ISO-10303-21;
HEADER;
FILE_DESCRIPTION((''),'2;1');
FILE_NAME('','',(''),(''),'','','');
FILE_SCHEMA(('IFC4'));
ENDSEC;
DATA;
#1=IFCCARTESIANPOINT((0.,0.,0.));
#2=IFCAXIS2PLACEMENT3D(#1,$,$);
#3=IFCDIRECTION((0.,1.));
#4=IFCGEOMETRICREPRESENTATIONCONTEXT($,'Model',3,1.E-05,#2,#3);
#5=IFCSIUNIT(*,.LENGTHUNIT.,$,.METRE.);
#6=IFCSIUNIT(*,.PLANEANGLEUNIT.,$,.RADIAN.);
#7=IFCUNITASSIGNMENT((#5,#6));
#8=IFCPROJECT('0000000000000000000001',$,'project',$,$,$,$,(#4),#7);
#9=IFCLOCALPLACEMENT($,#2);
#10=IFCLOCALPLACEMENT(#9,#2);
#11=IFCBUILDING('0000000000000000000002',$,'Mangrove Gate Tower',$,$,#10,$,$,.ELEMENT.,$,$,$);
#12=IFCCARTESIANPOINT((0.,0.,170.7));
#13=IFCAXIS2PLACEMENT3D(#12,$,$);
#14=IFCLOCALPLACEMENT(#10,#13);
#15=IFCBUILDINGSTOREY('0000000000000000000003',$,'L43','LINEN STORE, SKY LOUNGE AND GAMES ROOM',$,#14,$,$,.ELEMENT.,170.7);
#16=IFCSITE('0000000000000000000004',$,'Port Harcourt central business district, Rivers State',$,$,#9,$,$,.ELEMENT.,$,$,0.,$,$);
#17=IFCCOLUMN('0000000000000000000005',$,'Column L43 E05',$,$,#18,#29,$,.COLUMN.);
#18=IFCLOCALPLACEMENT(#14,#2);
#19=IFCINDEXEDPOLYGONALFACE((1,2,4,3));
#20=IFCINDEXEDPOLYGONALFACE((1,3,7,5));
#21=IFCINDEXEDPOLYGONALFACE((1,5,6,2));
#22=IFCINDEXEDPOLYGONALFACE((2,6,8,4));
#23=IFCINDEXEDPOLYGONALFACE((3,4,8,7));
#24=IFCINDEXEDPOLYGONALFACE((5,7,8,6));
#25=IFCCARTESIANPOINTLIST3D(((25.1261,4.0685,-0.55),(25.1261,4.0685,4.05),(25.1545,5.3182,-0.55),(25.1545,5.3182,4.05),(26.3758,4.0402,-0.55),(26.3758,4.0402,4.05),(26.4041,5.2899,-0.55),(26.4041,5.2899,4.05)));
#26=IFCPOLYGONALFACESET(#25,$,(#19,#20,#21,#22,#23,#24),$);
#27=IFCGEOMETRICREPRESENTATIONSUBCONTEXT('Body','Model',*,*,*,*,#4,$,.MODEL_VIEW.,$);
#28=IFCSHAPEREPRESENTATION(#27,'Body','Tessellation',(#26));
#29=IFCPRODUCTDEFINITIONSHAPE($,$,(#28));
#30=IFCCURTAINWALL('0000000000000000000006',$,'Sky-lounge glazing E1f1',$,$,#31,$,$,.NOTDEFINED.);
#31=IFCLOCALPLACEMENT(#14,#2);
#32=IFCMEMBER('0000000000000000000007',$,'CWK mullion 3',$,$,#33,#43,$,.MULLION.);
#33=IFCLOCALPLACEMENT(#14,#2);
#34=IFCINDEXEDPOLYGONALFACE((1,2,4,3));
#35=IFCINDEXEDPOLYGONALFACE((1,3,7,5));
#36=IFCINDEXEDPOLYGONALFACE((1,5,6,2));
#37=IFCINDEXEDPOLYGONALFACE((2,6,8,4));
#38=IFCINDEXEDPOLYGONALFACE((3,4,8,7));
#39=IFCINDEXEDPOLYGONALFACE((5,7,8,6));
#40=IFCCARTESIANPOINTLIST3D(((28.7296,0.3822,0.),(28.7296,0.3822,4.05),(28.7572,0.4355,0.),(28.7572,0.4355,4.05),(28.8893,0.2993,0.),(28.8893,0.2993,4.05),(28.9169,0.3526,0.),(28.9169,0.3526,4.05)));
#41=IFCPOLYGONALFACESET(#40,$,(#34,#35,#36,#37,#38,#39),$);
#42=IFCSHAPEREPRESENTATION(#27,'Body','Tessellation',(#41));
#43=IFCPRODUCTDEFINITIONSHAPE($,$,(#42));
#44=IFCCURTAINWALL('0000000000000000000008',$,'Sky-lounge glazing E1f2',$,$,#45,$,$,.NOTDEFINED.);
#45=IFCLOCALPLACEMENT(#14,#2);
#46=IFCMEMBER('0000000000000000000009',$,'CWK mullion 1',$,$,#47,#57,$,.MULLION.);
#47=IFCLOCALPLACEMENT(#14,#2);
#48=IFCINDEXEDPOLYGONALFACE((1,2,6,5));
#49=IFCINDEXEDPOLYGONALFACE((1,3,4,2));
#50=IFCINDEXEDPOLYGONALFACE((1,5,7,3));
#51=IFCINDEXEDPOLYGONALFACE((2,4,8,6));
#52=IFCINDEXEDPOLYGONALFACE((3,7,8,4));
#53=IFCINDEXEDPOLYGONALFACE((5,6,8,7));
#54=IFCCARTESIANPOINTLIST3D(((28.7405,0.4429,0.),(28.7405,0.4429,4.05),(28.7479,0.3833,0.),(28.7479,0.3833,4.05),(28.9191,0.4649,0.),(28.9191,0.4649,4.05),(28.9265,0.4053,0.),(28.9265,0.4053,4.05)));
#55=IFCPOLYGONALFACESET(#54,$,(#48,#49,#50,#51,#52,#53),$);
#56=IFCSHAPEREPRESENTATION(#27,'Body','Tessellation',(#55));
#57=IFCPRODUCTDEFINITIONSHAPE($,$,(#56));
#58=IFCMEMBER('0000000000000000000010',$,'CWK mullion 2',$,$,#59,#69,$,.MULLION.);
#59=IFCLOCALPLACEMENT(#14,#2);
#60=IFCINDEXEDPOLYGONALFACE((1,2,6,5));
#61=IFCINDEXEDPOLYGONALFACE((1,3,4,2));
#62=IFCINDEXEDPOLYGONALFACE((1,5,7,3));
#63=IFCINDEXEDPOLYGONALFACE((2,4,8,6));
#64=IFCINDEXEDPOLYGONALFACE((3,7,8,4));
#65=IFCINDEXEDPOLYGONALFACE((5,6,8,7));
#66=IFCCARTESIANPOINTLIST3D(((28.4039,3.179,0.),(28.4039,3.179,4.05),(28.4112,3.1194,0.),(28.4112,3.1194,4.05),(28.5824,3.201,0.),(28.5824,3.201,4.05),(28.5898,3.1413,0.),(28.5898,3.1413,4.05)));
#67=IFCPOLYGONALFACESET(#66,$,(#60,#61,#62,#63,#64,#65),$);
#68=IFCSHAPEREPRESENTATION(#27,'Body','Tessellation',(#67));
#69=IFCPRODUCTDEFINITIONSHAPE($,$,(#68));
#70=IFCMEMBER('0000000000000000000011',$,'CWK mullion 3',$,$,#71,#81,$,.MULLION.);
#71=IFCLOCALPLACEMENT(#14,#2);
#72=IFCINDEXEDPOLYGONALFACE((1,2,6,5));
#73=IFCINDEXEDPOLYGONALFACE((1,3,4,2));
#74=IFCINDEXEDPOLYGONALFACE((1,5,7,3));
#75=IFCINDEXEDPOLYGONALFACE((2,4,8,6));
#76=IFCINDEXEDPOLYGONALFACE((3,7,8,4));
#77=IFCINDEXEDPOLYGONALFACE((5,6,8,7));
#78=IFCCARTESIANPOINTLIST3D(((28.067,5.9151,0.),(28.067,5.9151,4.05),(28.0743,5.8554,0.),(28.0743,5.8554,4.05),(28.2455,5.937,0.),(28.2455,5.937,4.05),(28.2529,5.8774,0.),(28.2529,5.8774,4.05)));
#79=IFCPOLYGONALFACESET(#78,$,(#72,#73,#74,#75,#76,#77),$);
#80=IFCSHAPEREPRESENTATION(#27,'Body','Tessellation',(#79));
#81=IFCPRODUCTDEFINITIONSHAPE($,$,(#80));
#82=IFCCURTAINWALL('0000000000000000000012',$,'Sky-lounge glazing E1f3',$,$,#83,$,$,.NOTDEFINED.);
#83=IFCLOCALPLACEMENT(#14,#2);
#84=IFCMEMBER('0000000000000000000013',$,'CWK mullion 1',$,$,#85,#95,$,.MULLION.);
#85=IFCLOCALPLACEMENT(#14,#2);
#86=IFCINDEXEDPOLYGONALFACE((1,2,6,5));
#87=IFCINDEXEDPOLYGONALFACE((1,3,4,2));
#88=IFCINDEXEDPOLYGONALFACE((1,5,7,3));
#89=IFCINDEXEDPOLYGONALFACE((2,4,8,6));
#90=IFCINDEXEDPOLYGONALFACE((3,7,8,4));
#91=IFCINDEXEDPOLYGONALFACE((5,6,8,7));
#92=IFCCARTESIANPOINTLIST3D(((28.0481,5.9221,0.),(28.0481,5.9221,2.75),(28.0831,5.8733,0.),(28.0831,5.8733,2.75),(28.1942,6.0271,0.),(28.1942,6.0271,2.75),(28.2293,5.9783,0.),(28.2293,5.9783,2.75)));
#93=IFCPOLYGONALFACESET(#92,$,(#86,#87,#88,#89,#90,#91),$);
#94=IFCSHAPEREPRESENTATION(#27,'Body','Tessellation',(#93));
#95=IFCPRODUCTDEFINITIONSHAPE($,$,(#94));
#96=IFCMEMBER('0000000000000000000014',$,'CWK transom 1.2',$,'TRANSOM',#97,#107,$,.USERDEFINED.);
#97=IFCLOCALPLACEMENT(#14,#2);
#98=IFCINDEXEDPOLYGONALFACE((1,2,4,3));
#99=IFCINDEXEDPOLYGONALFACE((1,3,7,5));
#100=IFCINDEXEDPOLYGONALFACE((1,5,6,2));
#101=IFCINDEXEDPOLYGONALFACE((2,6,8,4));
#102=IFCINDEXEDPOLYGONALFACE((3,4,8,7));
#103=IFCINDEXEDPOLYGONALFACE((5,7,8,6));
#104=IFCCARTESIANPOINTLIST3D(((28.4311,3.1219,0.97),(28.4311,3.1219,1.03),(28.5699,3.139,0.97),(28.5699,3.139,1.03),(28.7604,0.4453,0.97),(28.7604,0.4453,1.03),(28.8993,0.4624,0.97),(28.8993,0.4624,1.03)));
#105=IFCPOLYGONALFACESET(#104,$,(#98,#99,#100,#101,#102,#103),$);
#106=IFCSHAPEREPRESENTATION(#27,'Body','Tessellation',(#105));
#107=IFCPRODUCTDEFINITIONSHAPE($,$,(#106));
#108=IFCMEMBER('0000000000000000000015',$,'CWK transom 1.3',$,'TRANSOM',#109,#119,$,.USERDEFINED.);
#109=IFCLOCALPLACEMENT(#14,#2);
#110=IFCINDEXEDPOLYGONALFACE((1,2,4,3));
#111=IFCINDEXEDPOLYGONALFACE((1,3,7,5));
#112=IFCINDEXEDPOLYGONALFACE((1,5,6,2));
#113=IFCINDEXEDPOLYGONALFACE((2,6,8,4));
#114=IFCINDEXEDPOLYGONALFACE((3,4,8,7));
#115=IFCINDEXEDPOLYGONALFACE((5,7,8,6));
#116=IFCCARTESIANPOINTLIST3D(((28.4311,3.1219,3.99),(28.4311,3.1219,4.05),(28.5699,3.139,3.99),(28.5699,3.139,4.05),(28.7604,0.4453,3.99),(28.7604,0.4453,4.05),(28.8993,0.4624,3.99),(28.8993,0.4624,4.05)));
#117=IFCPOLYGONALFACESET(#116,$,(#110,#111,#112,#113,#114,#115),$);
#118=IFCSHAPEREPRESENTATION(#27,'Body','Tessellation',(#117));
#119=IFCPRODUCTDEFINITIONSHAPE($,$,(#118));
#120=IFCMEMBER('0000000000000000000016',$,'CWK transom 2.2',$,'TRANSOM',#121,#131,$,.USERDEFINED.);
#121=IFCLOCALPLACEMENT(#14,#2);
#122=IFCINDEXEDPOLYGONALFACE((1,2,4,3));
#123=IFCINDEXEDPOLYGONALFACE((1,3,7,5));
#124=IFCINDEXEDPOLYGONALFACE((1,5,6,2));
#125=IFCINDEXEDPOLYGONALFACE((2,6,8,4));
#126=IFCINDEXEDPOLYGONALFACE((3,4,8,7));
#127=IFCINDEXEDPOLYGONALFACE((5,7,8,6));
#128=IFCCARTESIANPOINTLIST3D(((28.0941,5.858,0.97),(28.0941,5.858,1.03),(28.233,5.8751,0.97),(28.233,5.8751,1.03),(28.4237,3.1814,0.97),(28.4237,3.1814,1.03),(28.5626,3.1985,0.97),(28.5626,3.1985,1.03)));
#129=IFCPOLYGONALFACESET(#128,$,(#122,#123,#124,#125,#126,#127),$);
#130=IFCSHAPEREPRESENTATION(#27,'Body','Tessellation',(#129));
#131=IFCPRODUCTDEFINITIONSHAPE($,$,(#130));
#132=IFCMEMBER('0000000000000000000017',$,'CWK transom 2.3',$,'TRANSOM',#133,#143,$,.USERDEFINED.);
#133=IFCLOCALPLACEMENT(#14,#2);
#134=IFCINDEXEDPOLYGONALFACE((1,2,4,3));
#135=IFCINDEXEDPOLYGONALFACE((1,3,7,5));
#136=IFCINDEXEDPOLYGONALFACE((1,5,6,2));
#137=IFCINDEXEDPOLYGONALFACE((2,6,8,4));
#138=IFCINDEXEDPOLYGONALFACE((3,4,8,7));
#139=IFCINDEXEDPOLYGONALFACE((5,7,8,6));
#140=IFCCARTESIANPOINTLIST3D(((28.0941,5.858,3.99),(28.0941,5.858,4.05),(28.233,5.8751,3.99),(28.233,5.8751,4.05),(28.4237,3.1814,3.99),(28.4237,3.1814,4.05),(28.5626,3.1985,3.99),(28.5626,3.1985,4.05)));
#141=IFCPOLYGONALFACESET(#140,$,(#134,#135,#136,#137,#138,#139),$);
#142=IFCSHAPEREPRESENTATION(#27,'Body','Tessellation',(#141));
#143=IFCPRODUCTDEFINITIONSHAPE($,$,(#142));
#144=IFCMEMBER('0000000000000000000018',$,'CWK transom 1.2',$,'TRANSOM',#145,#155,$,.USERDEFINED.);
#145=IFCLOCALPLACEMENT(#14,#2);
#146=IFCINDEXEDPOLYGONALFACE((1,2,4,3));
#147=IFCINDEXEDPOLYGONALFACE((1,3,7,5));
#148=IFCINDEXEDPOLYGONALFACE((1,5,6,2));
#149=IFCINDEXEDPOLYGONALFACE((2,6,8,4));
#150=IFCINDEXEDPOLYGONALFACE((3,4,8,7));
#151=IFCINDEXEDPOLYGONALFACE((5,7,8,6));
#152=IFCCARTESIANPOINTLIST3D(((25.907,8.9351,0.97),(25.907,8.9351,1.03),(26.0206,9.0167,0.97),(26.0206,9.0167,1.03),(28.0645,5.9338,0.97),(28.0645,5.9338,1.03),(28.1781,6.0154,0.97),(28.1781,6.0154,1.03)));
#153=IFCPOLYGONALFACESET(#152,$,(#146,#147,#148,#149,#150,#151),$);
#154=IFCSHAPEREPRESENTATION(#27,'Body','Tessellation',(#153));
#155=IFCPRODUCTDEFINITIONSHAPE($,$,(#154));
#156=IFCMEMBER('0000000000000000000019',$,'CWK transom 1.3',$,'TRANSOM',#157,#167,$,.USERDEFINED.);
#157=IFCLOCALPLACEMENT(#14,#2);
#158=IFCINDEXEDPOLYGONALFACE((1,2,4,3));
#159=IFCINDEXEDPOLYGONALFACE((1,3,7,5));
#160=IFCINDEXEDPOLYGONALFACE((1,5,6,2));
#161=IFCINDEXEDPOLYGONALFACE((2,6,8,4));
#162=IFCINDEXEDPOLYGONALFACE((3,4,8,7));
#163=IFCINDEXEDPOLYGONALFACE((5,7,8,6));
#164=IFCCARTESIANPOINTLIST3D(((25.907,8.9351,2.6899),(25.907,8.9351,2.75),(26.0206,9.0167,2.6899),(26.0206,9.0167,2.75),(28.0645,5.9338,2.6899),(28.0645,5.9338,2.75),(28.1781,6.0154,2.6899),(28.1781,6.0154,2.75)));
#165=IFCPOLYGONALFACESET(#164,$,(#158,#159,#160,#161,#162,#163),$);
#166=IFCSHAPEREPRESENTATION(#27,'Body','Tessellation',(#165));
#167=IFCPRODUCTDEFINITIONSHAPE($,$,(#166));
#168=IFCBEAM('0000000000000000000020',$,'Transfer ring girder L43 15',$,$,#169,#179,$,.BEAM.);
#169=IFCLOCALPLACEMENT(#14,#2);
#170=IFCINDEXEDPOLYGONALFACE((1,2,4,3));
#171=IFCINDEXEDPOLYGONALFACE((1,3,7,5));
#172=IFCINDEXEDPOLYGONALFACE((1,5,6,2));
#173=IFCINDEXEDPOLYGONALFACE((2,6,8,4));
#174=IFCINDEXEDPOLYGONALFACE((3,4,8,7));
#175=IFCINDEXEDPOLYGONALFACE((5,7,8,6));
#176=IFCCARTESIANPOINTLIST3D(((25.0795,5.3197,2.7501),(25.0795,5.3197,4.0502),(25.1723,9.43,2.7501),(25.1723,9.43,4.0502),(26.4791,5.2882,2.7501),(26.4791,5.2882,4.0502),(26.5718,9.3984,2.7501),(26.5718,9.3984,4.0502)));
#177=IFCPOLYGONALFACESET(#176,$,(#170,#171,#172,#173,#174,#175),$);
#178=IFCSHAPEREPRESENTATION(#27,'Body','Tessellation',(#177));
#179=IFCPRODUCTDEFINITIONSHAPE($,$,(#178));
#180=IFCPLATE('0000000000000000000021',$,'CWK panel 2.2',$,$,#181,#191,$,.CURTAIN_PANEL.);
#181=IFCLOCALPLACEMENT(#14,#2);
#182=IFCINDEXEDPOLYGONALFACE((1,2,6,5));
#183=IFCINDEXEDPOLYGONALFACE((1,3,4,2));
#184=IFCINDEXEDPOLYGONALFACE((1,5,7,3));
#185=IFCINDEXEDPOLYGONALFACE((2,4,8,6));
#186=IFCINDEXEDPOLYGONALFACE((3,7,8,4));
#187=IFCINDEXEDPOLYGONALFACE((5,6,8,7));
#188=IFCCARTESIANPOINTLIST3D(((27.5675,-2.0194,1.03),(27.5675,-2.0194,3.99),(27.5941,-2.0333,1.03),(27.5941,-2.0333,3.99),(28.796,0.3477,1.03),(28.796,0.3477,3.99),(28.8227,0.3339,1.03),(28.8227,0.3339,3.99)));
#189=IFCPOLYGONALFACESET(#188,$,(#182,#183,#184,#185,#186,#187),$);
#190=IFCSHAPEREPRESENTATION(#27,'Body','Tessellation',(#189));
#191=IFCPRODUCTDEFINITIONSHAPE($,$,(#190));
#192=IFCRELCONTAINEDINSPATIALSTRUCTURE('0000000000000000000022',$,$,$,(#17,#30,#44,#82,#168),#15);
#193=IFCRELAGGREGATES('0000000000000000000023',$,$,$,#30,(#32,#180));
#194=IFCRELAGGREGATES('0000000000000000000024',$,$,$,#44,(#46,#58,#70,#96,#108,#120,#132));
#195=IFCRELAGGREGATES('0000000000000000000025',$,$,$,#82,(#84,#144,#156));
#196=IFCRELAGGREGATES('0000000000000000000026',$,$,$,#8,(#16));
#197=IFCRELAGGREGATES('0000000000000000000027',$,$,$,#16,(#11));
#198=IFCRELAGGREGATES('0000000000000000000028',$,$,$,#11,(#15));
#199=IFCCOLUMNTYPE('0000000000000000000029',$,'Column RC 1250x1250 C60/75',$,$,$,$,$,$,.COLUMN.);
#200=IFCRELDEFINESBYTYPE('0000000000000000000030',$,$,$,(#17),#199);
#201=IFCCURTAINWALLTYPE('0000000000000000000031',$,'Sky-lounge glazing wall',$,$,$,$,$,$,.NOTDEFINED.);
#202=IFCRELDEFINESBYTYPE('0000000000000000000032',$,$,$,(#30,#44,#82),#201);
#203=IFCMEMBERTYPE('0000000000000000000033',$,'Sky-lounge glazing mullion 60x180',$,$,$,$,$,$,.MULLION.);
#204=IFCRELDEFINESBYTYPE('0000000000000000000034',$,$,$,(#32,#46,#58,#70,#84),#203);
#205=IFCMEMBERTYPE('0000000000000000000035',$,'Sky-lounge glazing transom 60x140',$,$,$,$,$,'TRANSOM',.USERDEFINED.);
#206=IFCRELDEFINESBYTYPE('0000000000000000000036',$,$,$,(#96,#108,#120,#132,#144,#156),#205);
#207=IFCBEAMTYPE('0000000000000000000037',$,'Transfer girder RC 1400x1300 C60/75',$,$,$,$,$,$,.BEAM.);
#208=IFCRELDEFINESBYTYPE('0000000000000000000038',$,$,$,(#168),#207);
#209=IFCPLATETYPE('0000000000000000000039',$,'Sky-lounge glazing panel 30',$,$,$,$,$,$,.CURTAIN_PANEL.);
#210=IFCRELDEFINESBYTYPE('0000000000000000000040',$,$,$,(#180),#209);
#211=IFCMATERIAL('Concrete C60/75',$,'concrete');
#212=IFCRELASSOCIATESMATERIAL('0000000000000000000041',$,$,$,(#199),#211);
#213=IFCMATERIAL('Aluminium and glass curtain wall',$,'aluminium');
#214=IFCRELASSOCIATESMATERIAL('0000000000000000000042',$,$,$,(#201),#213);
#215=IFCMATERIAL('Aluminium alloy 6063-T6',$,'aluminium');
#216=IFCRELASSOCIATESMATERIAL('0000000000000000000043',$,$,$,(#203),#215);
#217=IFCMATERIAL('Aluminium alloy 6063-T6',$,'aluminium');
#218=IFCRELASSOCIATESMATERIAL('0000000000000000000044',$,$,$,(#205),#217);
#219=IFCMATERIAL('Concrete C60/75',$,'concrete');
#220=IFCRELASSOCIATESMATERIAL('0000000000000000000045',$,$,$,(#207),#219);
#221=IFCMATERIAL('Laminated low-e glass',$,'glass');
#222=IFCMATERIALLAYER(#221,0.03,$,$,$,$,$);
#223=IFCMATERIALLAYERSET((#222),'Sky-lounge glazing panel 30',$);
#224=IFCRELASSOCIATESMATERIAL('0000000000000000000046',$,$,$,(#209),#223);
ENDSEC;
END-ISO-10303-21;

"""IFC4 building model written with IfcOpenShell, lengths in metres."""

from ifc_helpers import new_model, si_unit, direction, frame, origin, origin_2d, place, context, subcontext, project, spatial, rectangle, extrude, material, layer, layer_set, material_profile, profile_set, type_object, element, aggregate, save


model = new_model("IFC4")

# Units and contexts
model_context = context("Model", 3, precision=1e-05, world=origin(), true_north=direction((0.0, 1.0)))
body_context = subcontext(model_context, "Body", "Model", "MODEL_VIEW")
ifc_project = project(units=[si_unit("LENGTHUNIT", "METRE"), si_unit("PLANEANGLEUNIT", "RADIAN")], contexts=[model_context])

# Site, building, storey
site_placement = place(None, origin())
site = spatial("IfcSite", under=ifc_project, at=site_placement, Name="Port Harcourt central business district, Rivers State", CompositionType="ELEMENT", RefElevation=0.0)
building_placement = place(site_placement, origin())
building = spatial("IfcBuilding", under=site, at=building_placement, Name="Mangrove Gate Tower", CompositionType="ELEMENT")
storey_placement = place(building_placement, frame((0.0, 0.0, 170.7)))
storey = spatial("IfcBuildingStorey", under=building, at=storey_placement, Name="L43", Description="LINEN STORE, SKY LOUNGE AND GAMES ROOM", CompositionType="ELEMENT", Elevation=170.7)

# Column
ifc_material_1 = material(Name="Concrete C60/75", Category="concrete")
ifc_material_profile_1 = material_profile(ifc_material_1, rectangle(XDim=1.25, YDim=1.25, at=origin_2d()))
ifc_profile_set_1 = profile_set([ifc_material_profile_1], Name="Concrete C60/75")
column_type = type_object("IfcColumnType", Name="Column RC 1250x1250 C60/75", PredefinedType="COLUMN", material=ifc_profile_set_1)
column_placement = place(storey_placement, frame((25.7651, 4.6792, -0.55), z_axis=(0.0, 0.0, 1.0), x_axis=(0.022655, 0.999743, 0.0)))
element("IfcColumn", 1, at=column_placement, inside=storey, type_object=column_type, Name="Column L43 E05", PredefinedType="COLUMN", context=body_context, shape_type="SweptSolid", body=[
    extrude(rectangle(XDim=1.25, YDim=1.25, at=origin_2d()), origin(), (0.0, 0.0, 1.0), 4.6001),
])

# Curtain wall, member
ifc_material_2 = material(Name="Aluminium and glass curtain wall", Category="aluminium")
curtain_wall_type = type_object("IfcCurtainWallType", Name="Sky-lounge glazing wall", PredefinedType="NOTDEFINED", material=ifc_material_2)
curtain_wall_1_placement = place(storey_placement, origin())
curtain_wall_1 = element("IfcCurtainWall", 2, at=curtain_wall_1_placement, inside=storey, type_object=curtain_wall_type, Name="Sky-lounge glazing E1f1", PredefinedType="NOTDEFINED")
ifc_material_3 = material(Name="Aluminium alloy 6063-T6", Category="aluminium")
ifc_material_profile_2 = material_profile(ifc_material_3, rectangle(XDim=0.0601, YDim=0.1799, at=origin_2d()))
ifc_profile_set_2 = profile_set([ifc_material_profile_2], Name="Aluminium alloy 6063-T6")
member_type_1 = type_object("IfcMemberType", Name="Sky-lounge glazing mullion 60x180", PredefinedType="MULLION", material=ifc_profile_set_2)
member_1_placement = place(storey_placement, frame((28.8232, 0.3674, 0.0), z_axis=(0.0, 0.0, 1.0), x_axis=(0.460656, 0.887579, 0.0)))
member_1 = element("IfcMember", 3, at=member_1_placement, type_object=member_type_1, Name="CWK mullion 3", PredefinedType="MULLION", context=body_context, shape_type="SweptSolid", body=[
    extrude(rectangle(XDim=0.0601, YDim=0.1799, at=origin_2d()), origin(), (0.0, 0.0, 1.0), 4.05),
])

# Curtain wall, members
curtain_wall_2_placement = place(storey_placement, origin())
curtain_wall_2 = element("IfcCurtainWall", 4, at=curtain_wall_2_placement, inside=storey, type_object=curtain_wall_type, Name="Sky-lounge glazing E1f2", PredefinedType="NOTDEFINED")
member_2_placement = place(storey_placement, frame((28.8335, 0.4241, 0.0), z_axis=(0.0, 0.0, 1.0), x_axis=(-0.122172, 0.992509, 0.0)))
member_2 = element("IfcMember", 5, at=member_2_placement, type_object=member_type_1, Name="CWK mullion 1", PredefinedType="MULLION", context=body_context, shape_type="SweptSolid", body=[
    extrude(rectangle(XDim=0.0601, YDim=0.1799, at=origin_2d()), origin(), (0.0, 0.0, 1.0), 4.05),
])
member_3_placement = place(storey_placement, frame((28.4968, 3.1602, 0.0), z_axis=(0.0, 0.0, 1.0), x_axis=(-0.122172, 0.992509, 0.0)))
member_3 = element("IfcMember", 6, at=member_3_placement, type_object=member_type_1, Name="CWK mullion 2", PredefinedType="MULLION", context=body_context, shape_type="SweptSolid", body=[
    extrude(rectangle(XDim=0.0601, YDim=0.1799, at=origin_2d()), origin(), (0.0, 0.0, 1.0), 4.05),
])
member_4_placement = place(storey_placement, frame((28.1599, 5.8962, 0.0), z_axis=(0.0, 0.0, 1.0), x_axis=(-0.122172, 0.992509, 0.0)))
member_4 = element("IfcMember", 7, at=member_4_placement, type_object=member_type_1, Name="CWK mullion 3", PredefinedType="MULLION", context=body_context, shape_type="SweptSolid", body=[
    extrude(rectangle(XDim=0.0601, YDim=0.1799, at=origin_2d()), origin(), (0.0, 0.0, 1.0), 4.05),
])

# Curtain wall, member
curtain_wall_3_placement = place(storey_placement, origin())
curtain_wall_3 = element("IfcCurtainWall", 8, at=curtain_wall_3_placement, inside=storey, type_object=curtain_wall_type, Name="Sky-lounge glazing E1f3", PredefinedType="NOTDEFINED")
member_5_placement = place(storey_placement, frame((28.1387, 5.9502, 0.0), z_axis=(0.0, 0.0, 1.0), x_axis=(-0.58367, 0.811991, 0.0)))
member_5 = element("IfcMember", 9, at=member_5_placement, type_object=member_type_1, Name="CWK mullion 1", PredefinedType="MULLION", context=body_context, shape_type="SweptSolid", body=[
    extrude(rectangle(XDim=0.0601, YDim=0.1799, at=origin_2d()), origin(), (0.0, 0.0, 1.0), 2.75),
])

# Members
ifc_material_4 = material(Name="Aluminium alloy 6063-T6", Category="aluminium")
ifc_material_profile_3 = material_profile(ifc_material_4, rectangle(XDim=0.0601, YDim=0.1399, at=origin_2d()))
ifc_profile_set_3 = profile_set([ifc_material_profile_3], Name="Aluminium alloy 6063-T6")
member_type_2 = type_object("IfcMemberType", Name="Sky-lounge glazing transom 60x140", ElementType="TRANSOM", PredefinedType="USERDEFINED", material=ifc_profile_set_3)
member_6_placement = place(storey_placement, frame((28.8298, 0.4539, 1.0), z_axis=(-0.122129, 0.992514, 0.0), x_axis=(0.0, 0.0, 1.0)))
member_6 = element("IfcMember", 10, at=member_6_placement, type_object=member_type_2, Name="CWK transom 1.2", ObjectType="TRANSOM", PredefinedType="USERDEFINED", context=body_context, shape_type="SweptSolid", body=[
    extrude(rectangle(XDim=0.0601, YDim=0.1399, at=origin_2d()), origin(), (0.0, 0.0, 1.0), 2.6968),
])
member_7_placement = place(storey_placement, frame((28.8298, 0.4539, 4.02), z_axis=(-0.122129, 0.992514, 0.0), x_axis=(0.0, 0.0, 1.0)))
member_7 = element("IfcMember", 11, at=member_7_placement, type_object=member_type_2, Name="CWK transom 1.3", ObjectType="TRANSOM", PredefinedType="USERDEFINED", context=body_context, shape_type="SweptSolid", body=[
    extrude(rectangle(XDim=0.0601, YDim=0.1399, at=origin_2d()), origin(), (0.0, 0.0, 1.0), 2.6968),
])
member_8_placement = place(storey_placement, frame((28.4932, 3.1899, 1.0), z_axis=(-0.122218, 0.992503, 0.0), x_axis=(0.0, 0.0, 1.0)))
member_8 = element("IfcMember", 12, at=member_8_placement, type_object=member_type_2, Name="CWK transom 2.2", ObjectType="TRANSOM", PredefinedType="USERDEFINED", context=body_context, shape_type="SweptSolid", body=[
    extrude(rectangle(XDim=0.0601, YDim=0.1399, at=origin_2d()), origin(), (0.0, 0.0, 1.0), 2.6968),
])
member_9_placement = place(storey_placement, frame((28.4932, 3.1899, 4.02), z_axis=(-0.122218, 0.992503, 0.0), x_axis=(0.0, 0.0, 1.0)))
member_9 = element("IfcMember", 13, at=member_9_placement, type_object=member_type_2, Name="CWK transom 2.3", ObjectType="TRANSOM", PredefinedType="USERDEFINED", context=body_context, shape_type="SweptSolid", body=[
    extrude(rectangle(XDim=0.0601, YDim=0.1399, at=origin_2d()), origin(), (0.0, 0.0, 1.0), 2.6968),
])
member_10_placement = place(storey_placement, frame((28.1213, 5.9746, 1.0), z_axis=(-0.583697, 0.811971, 0.0), x_axis=(0.0, 0.0, 1.0)))
member_10 = element("IfcMember", 14, at=member_10_placement, type_object=member_type_2, Name="CWK transom 1.2", ObjectType="TRANSOM", PredefinedType="USERDEFINED", context=body_context, shape_type="SweptSolid", body=[
    extrude(rectangle(XDim=0.0601, YDim=0.1399, at=origin_2d()), origin(), (0.0, 0.0, 1.0), 3.6963),
])
member_11_placement = place(storey_placement, frame((28.1213, 5.9746, 2.72), z_axis=(-0.583697, 0.811971, 0.0), x_axis=(0.0, 0.0, 1.0)))
member_11 = element("IfcMember", 15, at=member_11_placement, type_object=member_type_2, Name="CWK transom 1.3", ObjectType="TRANSOM", PredefinedType="USERDEFINED", context=body_context, shape_type="SweptSolid", body=[
    extrude(rectangle(XDim=0.0601, YDim=0.1399, at=origin_2d()), origin(), (0.0, 0.0, 1.0), 3.6963),
])

# Beam
ifc_material_5 = material(Name="Concrete C60/75", Category="concrete")
ifc_material_profile_4 = material_profile(ifc_material_5, rectangle(XDim=1.3999, YDim=1.3, at=origin_2d()))
ifc_profile_set_4 = profile_set([ifc_material_profile_4], Name="Concrete C60/75")
beam_type = type_object("IfcBeamType", Name="Transfer girder RC 1400x1300 C60/75", PredefinedType="BEAM", material=ifc_profile_set_4)
beam_placement = place(storey_placement, frame((25.7793, 5.304, 3.4001), z_axis=(0.022565, 0.999745, 0.0), x_axis=(-0.999745, 0.022565, 0.0)))
element("IfcBeam", 16, at=beam_placement, inside=storey, type_object=beam_type, Name="Transfer ring girder L43 15", PredefinedType="BEAM", context=body_context, shape_type="SweptSolid", body=[
    extrude(rectangle(XDim=1.3999, YDim=1.3, at=origin_2d()), origin(), (0.0, 0.0, 1.0), 4.1113),
])

# Plate
ifc_material_6 = material(Name="Laminated low-e glass", Category="glass")
ifc_layer_1 = layer(ifc_material_6, 0.03)
ifc_layer_set_1 = layer_set([ifc_layer_1], Name="Sky-lounge glazing panel 30")
plate_type = type_object("IfcPlateType", Name="Sky-lounge glazing panel 30", PredefinedType="CURTAIN_PANEL", material=ifc_layer_set_1)
plate_1_placement = place(storey_placement, frame((28.1951, -0.8428, 1.03), z_axis=(0.0, 0.0, 1.0), x_axis=(0.460656, 0.887579, 0.0)))
plate_1 = element("IfcPlate", 17, at=plate_1_placement, type_object=plate_type, Name="CWK panel 2.2", PredefinedType="CURTAIN_PANEL", context=body_context, shape_type="SweptSolid", body=[
    extrude(rectangle(XDim=2.667, YDim=0.03, at=origin_2d()), origin(), (0.0, 0.0, 1.0), 2.96),
])
aggregate(curtain_wall_1, [member_1, plate_1])
aggregate(curtain_wall_2, [member_2, member_3, member_4, member_6, member_7, member_8, member_9])
aggregate(curtain_wall_3, [member_5, member_10, member_11])

save(model, "model.ifc")
